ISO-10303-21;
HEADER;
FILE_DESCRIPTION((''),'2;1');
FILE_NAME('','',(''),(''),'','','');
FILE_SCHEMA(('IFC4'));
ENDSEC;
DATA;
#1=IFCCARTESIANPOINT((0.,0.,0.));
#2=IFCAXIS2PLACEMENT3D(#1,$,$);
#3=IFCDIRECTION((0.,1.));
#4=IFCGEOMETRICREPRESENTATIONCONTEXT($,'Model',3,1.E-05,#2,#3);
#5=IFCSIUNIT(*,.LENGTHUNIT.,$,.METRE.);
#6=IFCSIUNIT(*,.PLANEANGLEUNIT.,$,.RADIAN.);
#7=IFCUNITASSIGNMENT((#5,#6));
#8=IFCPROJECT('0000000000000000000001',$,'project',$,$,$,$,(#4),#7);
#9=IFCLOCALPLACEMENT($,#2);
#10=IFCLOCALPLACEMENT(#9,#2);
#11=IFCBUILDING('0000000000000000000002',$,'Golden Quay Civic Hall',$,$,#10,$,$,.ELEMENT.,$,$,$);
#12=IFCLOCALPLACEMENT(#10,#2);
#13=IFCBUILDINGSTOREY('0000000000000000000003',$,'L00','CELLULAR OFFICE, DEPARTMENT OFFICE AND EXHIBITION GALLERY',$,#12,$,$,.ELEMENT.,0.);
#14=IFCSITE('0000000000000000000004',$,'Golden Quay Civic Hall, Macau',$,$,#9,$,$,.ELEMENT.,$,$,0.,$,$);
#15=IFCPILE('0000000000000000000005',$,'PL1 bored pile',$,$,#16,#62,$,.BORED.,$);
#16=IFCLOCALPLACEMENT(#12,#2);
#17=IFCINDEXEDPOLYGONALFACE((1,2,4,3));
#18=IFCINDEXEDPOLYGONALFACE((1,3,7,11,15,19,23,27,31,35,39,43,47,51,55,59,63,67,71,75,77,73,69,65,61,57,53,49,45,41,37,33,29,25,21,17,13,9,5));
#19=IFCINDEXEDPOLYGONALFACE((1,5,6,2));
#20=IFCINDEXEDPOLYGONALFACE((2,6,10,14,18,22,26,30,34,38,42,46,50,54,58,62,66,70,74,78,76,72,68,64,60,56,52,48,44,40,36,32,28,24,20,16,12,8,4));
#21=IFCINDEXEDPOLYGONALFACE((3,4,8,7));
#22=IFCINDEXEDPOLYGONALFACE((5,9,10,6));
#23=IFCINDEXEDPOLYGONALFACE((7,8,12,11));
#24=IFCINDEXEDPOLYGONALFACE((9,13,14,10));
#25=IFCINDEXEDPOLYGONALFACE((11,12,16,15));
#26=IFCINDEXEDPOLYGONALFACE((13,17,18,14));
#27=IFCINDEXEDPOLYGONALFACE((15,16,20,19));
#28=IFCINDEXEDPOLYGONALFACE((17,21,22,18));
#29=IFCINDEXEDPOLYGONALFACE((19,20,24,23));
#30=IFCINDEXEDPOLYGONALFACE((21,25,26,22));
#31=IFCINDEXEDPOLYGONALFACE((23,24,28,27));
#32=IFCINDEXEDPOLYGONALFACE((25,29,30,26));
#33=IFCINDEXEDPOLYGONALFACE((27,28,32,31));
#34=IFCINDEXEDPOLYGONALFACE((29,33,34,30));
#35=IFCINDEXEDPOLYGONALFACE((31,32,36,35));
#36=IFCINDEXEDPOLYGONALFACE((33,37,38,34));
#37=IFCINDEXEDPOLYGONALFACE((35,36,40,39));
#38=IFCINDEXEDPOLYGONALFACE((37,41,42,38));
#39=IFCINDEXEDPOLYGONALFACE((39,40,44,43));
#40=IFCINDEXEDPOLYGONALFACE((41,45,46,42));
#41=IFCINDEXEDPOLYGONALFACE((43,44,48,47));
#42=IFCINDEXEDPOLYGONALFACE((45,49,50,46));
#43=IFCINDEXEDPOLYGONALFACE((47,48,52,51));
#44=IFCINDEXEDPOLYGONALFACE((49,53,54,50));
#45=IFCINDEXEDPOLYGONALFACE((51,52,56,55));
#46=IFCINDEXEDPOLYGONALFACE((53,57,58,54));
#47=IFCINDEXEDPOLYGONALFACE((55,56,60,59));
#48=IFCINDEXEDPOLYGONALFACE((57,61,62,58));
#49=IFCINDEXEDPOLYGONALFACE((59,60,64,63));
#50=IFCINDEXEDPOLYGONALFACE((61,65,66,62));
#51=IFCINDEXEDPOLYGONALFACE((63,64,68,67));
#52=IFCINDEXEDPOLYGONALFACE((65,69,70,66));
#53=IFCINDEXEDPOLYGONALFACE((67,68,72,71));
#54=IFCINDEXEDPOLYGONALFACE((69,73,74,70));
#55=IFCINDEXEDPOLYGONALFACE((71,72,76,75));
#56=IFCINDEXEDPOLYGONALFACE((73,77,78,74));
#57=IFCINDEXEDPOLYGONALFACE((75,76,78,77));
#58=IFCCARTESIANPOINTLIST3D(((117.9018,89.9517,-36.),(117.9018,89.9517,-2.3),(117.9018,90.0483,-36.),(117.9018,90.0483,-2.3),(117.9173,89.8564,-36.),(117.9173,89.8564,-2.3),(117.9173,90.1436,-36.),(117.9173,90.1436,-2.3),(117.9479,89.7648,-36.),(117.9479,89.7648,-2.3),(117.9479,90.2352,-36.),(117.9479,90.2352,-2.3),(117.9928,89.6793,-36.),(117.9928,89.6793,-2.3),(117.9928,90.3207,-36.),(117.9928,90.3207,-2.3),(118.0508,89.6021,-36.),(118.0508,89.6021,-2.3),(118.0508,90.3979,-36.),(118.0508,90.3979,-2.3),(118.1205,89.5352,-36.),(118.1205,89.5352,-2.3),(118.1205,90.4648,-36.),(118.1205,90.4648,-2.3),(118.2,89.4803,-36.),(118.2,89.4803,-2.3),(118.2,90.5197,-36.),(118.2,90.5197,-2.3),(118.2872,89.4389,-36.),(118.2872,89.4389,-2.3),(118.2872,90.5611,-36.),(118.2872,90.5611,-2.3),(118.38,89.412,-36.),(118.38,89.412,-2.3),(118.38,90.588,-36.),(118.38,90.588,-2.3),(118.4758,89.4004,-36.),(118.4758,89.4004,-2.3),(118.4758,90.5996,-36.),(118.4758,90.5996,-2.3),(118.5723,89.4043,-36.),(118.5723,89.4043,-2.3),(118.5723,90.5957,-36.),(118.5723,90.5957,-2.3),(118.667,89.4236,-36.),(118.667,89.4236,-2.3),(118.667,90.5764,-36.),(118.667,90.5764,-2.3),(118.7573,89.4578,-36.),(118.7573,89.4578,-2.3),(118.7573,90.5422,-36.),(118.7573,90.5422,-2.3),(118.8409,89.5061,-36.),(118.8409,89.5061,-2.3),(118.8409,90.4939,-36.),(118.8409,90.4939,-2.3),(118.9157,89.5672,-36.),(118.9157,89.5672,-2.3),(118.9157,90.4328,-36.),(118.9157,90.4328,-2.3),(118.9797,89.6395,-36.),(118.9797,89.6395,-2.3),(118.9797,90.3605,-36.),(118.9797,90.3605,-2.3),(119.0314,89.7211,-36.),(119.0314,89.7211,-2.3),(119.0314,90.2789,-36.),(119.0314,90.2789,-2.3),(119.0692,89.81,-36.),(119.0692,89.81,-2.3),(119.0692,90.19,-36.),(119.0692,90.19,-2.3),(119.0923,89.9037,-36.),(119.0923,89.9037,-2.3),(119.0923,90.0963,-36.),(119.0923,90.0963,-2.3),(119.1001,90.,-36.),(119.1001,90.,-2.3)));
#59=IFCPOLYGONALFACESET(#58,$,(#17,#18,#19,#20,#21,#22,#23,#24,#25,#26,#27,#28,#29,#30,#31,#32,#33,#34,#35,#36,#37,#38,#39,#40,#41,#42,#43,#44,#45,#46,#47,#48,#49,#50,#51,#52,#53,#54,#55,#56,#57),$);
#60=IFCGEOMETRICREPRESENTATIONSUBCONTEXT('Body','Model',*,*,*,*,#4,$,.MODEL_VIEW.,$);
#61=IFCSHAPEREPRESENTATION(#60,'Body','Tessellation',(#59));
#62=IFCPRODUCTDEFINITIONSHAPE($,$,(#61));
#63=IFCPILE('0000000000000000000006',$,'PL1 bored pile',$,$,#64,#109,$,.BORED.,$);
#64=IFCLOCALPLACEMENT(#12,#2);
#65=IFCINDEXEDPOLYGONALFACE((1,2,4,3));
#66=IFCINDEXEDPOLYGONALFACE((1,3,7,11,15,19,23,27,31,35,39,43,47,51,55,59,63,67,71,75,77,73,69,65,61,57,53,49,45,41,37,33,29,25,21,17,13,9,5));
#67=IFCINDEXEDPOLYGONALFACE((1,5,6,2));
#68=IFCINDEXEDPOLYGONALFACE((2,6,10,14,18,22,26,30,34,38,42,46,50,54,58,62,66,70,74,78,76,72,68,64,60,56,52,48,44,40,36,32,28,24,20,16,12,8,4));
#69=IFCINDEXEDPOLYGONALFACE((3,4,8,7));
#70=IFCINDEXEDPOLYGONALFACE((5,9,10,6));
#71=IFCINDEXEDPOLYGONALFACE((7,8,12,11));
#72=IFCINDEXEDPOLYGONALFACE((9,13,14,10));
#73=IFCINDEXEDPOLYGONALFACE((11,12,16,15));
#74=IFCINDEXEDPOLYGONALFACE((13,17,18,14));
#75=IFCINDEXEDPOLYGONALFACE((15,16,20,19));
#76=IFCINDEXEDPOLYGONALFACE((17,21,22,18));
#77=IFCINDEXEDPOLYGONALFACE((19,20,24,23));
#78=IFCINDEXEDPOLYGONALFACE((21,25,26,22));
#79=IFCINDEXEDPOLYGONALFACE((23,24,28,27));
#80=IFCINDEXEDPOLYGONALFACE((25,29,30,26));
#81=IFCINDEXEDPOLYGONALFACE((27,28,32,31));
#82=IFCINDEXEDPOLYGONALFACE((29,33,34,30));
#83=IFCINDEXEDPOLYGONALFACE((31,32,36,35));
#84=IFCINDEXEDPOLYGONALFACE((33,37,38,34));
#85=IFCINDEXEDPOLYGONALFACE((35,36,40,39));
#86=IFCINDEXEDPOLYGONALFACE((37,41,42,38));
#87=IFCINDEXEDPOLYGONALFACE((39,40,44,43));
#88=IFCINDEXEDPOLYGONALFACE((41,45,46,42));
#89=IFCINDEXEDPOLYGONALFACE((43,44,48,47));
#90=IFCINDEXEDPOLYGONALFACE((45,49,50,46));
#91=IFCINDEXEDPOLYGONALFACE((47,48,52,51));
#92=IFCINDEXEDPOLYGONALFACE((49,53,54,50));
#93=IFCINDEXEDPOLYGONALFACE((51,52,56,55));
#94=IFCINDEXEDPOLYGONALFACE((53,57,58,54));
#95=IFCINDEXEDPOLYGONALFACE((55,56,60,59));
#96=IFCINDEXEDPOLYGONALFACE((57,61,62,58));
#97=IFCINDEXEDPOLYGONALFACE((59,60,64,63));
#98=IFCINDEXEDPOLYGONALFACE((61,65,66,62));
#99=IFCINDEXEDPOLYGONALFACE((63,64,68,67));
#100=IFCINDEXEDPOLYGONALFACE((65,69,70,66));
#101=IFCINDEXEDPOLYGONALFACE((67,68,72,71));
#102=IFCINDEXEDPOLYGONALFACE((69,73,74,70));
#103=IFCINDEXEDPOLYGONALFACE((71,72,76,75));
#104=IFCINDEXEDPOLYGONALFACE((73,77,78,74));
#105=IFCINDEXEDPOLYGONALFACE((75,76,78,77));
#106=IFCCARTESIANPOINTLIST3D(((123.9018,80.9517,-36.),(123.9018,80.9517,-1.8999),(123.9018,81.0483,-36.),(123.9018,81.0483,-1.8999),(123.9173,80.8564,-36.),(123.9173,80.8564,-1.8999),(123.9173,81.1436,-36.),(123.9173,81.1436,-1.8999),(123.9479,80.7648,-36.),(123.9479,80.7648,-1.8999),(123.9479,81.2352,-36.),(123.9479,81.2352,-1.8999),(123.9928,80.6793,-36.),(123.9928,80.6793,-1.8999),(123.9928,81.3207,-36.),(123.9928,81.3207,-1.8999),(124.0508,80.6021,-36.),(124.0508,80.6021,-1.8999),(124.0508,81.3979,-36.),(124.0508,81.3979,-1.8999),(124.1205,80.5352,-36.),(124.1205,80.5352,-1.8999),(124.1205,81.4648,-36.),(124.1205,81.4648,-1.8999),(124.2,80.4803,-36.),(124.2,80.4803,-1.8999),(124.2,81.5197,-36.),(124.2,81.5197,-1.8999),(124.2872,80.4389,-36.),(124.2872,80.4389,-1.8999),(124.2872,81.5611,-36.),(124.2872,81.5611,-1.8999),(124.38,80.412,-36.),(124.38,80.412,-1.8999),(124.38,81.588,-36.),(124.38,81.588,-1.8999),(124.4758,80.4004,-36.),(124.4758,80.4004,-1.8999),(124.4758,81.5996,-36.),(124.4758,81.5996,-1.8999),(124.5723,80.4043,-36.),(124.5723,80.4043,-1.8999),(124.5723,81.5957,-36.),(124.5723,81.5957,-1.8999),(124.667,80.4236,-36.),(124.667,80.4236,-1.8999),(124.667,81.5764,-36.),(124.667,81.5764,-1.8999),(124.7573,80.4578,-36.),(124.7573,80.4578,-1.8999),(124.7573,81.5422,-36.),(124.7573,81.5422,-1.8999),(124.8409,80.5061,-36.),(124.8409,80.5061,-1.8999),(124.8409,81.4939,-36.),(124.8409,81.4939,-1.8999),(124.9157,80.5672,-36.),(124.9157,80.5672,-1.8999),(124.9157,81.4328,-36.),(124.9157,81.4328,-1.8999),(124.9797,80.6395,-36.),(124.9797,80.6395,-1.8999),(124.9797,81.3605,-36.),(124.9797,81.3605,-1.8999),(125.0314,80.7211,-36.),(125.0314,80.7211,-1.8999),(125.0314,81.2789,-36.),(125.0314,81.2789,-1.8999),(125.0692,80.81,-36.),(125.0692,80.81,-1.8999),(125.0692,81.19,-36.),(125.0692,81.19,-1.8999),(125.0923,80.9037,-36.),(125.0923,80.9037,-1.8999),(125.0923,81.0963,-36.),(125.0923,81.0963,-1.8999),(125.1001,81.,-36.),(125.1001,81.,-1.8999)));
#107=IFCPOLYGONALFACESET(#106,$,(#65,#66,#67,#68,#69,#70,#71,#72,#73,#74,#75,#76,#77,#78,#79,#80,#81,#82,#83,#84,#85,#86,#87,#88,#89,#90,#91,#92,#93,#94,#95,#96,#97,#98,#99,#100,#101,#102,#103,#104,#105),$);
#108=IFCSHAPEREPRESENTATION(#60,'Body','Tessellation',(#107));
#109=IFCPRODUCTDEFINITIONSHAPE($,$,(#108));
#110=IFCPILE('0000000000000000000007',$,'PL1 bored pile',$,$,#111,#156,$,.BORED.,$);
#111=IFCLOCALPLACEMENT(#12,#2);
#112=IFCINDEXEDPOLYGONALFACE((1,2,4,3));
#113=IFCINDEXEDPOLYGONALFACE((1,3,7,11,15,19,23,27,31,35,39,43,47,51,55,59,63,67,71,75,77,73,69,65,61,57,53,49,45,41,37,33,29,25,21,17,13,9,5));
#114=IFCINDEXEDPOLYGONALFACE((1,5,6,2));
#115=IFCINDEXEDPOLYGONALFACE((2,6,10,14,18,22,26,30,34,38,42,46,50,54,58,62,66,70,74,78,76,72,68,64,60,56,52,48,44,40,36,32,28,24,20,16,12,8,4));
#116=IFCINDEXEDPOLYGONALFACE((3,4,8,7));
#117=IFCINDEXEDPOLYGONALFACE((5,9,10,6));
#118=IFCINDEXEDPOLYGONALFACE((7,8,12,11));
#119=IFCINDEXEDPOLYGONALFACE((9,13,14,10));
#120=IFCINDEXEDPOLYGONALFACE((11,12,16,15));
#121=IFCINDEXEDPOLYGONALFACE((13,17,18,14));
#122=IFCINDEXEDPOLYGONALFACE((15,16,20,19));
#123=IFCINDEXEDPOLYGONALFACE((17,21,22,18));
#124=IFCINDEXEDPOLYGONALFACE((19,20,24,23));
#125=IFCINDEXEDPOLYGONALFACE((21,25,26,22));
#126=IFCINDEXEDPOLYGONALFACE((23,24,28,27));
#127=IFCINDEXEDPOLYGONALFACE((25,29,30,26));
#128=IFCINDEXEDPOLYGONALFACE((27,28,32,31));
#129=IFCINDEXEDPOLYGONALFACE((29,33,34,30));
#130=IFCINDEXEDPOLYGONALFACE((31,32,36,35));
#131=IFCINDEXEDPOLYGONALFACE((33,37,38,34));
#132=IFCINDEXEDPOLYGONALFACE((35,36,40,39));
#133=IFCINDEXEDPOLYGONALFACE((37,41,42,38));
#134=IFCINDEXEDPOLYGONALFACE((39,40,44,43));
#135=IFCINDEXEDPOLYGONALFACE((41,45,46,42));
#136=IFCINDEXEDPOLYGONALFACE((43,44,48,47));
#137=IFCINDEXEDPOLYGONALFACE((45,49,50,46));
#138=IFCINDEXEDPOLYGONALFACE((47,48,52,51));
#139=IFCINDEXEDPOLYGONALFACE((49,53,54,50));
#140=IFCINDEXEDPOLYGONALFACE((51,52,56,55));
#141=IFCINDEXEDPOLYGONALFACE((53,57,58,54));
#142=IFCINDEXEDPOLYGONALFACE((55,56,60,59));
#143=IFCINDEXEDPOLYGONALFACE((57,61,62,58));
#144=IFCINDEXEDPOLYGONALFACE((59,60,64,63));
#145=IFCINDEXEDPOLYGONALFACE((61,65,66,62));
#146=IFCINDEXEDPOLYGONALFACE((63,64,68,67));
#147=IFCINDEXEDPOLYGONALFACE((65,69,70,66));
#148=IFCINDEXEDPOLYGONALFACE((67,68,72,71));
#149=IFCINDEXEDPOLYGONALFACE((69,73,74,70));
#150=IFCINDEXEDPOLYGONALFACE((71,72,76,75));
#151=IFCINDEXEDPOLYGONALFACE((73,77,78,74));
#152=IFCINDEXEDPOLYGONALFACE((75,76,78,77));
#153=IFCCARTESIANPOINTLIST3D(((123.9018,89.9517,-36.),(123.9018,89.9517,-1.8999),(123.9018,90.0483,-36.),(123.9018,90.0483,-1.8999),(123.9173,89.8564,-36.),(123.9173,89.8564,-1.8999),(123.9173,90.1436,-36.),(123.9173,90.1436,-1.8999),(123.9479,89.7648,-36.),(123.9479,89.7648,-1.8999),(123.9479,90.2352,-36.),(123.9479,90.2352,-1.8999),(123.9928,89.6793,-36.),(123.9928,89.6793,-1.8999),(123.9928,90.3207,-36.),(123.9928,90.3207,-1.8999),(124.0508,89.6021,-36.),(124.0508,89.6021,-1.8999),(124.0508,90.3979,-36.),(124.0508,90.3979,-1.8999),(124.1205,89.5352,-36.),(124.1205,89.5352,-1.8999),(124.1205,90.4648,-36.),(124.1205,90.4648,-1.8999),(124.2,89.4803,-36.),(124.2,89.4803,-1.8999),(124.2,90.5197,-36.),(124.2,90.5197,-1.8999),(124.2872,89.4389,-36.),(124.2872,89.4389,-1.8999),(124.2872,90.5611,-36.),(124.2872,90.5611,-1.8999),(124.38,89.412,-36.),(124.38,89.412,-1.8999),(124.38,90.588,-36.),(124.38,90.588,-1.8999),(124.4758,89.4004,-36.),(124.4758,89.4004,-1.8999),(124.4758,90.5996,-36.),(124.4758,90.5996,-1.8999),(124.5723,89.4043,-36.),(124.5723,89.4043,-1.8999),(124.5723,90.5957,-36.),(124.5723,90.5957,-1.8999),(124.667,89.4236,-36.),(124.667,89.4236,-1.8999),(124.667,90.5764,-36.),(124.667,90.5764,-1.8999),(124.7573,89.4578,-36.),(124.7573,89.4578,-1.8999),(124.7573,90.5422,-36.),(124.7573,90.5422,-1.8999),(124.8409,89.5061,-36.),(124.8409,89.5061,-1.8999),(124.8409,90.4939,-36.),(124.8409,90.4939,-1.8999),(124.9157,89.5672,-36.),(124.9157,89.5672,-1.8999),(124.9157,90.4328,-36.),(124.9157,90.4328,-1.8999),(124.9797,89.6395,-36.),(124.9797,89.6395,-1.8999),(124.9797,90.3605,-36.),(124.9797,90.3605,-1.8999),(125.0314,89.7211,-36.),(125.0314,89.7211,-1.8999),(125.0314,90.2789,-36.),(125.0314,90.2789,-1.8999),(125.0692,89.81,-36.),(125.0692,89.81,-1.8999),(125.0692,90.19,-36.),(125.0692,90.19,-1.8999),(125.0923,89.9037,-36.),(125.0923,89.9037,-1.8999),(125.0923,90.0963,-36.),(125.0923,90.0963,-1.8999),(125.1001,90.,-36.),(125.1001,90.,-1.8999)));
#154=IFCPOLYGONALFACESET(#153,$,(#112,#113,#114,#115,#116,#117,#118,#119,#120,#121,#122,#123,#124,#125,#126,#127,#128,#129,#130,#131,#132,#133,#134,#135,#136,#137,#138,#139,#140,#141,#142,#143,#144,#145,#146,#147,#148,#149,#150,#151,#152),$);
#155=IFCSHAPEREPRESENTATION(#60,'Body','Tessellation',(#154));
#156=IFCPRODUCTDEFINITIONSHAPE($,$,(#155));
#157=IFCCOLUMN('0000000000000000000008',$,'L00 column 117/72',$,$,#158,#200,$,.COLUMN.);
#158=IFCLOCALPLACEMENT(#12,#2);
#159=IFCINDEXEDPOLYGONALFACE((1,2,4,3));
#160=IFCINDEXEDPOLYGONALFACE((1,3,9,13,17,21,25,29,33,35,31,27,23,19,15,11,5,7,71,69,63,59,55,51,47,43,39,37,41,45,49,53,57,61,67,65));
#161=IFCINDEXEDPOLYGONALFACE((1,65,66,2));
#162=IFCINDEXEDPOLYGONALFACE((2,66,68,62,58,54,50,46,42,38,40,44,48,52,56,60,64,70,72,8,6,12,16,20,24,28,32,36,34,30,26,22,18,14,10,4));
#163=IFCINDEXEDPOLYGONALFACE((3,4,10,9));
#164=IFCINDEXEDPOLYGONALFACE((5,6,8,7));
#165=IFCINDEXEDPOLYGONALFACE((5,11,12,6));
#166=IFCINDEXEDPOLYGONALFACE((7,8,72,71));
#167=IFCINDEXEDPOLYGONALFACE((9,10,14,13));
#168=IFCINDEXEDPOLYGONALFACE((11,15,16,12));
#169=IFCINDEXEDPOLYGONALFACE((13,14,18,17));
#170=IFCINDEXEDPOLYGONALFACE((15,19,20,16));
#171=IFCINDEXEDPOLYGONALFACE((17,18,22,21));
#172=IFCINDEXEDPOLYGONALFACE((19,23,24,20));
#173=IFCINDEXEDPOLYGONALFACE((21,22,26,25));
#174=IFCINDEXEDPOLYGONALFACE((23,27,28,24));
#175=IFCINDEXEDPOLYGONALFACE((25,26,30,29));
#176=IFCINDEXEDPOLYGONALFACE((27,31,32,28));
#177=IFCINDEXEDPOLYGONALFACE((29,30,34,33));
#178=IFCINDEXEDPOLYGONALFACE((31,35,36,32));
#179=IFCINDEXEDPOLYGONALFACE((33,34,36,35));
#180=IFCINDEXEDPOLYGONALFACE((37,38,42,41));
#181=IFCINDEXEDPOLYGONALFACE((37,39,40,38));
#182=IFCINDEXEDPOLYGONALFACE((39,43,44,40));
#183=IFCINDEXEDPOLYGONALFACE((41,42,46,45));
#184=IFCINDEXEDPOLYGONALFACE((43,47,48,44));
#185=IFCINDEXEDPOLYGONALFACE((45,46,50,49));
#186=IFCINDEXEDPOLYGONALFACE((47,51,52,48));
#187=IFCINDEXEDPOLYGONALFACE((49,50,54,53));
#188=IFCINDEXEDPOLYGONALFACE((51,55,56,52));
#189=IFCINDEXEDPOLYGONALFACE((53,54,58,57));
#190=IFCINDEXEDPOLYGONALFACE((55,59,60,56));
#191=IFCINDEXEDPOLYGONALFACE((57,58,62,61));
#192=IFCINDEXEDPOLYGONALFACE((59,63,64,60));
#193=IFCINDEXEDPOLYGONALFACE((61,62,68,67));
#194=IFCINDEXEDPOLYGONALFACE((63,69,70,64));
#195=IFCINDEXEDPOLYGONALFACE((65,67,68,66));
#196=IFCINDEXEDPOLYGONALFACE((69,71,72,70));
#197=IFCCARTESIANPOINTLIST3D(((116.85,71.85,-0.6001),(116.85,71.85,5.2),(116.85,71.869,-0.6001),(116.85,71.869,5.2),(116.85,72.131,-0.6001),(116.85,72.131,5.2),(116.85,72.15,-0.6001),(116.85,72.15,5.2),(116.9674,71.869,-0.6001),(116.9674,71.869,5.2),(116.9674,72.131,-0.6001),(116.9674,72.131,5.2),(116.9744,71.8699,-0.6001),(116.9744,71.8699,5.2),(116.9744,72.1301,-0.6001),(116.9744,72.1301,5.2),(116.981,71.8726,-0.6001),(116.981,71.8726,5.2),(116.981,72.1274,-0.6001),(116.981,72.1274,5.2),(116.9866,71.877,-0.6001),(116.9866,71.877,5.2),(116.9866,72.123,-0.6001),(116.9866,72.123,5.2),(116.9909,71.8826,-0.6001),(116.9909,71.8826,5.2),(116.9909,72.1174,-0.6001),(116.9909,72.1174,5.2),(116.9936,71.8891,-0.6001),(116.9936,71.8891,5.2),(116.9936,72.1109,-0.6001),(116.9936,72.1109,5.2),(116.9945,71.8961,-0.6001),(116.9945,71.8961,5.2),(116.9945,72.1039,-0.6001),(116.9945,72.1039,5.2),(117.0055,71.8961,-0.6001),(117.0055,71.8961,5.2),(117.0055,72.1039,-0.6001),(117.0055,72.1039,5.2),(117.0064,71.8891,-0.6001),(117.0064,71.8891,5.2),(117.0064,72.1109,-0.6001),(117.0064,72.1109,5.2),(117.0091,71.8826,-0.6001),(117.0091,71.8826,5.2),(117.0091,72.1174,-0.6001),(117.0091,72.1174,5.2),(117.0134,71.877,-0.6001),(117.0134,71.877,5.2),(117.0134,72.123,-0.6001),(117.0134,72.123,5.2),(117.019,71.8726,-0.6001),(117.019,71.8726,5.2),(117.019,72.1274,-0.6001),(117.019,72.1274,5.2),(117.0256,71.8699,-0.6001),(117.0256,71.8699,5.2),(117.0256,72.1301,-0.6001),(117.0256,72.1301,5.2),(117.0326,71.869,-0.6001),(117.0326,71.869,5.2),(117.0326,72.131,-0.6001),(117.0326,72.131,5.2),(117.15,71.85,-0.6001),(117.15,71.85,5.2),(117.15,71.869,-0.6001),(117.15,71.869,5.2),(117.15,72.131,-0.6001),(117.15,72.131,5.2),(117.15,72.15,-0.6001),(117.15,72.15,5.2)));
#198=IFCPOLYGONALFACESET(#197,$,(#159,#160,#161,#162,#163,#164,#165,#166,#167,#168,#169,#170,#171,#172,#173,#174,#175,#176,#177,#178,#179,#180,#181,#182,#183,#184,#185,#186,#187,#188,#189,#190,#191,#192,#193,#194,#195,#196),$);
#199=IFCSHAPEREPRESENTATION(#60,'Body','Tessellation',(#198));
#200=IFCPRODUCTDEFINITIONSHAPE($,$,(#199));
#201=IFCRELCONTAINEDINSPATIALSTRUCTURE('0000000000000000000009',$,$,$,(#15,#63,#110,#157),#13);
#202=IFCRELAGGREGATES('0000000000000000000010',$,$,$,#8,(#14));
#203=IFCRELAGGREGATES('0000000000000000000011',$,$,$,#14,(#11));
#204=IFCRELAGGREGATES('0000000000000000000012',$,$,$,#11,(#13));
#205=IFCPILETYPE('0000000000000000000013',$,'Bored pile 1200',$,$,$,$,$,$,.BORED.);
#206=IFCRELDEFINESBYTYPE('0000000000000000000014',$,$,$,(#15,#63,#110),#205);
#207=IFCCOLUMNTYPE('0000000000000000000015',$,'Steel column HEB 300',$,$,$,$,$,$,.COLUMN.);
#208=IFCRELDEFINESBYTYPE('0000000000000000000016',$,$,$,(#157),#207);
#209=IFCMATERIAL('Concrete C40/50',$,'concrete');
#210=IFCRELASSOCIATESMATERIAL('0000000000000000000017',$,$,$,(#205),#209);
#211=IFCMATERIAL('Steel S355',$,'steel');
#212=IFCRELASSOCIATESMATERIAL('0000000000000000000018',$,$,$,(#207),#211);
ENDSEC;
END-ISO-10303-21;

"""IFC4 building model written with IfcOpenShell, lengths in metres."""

from ifc_helpers import new_model, si_unit, direction, frame, origin, origin_2d, place, context, subcontext, project, spatial, circle, i_section, extrude, material, material_profile, profile_set, type_object, element, save


model = new_model("IFC4")

# Units and contexts
model_context = context("Model", 3, precision=1e-05, world=origin(), true_north=direction((0.0, 1.0)))
body_context = subcontext(model_context, "Body", "Model", "MODEL_VIEW")
ifc_project = project(units=[si_unit("LENGTHUNIT", "METRE"), si_unit("PLANEANGLEUNIT", "RADIAN")], contexts=[model_context])

# Site, building, storey
site_placement = place(None, origin())
site = spatial("IfcSite", under=ifc_project, at=site_placement, Name="Golden Quay Civic Hall, Macau", CompositionType="ELEMENT", RefElevation=0.0)
building_placement = place(site_placement, origin())
building = spatial("IfcBuilding", under=site, at=building_placement, Name="Golden Quay Civic Hall", CompositionType="ELEMENT")
storey_placement = place(building_placement, origin())
storey = spatial("IfcBuildingStorey", under=building, at=storey_placement, Name="L00", Description="CELLULAR OFFICE, DEPARTMENT OFFICE AND EXHIBITION GALLERY", CompositionType="ELEMENT", Elevation=0.0)

# Piles
ifc_material_1 = material(Name="Concrete C40/50", Category="concrete")
ifc_material_profile_1 = material_profile(ifc_material_1, circle(Radius=0.6001, at=origin_2d()), Name="RC D1200")
ifc_profile_set_1 = profile_set([ifc_material_profile_1], Name="Concrete C40/50")
pile_type = type_object("IfcPileType", Name="Bored pile 1200", PredefinedType="BORED", material=ifc_profile_set_1)
pile_1_placement = place(storey_placement, frame((118.5, 90.0, -2.3), z_axis=(0.0, 0.0, -1.0), x_axis=(1.0, 0.0, 0.0)))
element("IfcPile", 1, at=pile_1_placement, inside=storey, type_object=pile_type, Name="PL1 bored pile", PredefinedType="BORED", context=body_context, shape_type="SweptSolid", body=[
    extrude(circle(Radius=0.6001, at=origin_2d()), origin(), (0.0, 0.0, 1.0), 33.7),
])
for number, where, z_axis, x_axis, name in (
    (2, (124.5, 81.0, -1.8999), (0.0, 0.0, -1.0), (1.0, 0.0, 0.0), "PL1 bored pile"),
    (3, (124.5, 90.0, -1.8999), (0.0, 0.0, -1.0), (1.0, 0.0, 0.0), "PL1 bored pile"),
):
    element("IfcPile", number, at=place(storey_placement, frame(where, z_axis=z_axis, x_axis=x_axis)), inside=storey, type_object=pile_type, Name=name, PredefinedType="BORED", context=body_context, shape_type="SweptSolid", body=[
        extrude(circle(Radius=0.6001, at=origin_2d()), origin(), (0.0, 0.0, 1.0), 34.1001),
    ])

# Column
ifc_material_2 = material(Name="Steel S355", Category="steel")
ifc_material_profile_2 = material_profile(ifc_material_2, i_section(OverallWidth=0.3, OverallDepth=0.3, WebThickness=0.011, FlangeThickness=0.019, FilletRadius=0.0271, at=origin_2d()), Name="HEB 300")
ifc_profile_set_2 = profile_set([ifc_material_profile_2], Name="Steel S355")
column_type = type_object("IfcColumnType", Name="Steel column HEB 300", PredefinedType="COLUMN", material=ifc_profile_set_2)
for number, where, z_axis, x_axis, name in (
    (4, (117.0, 72.0, -0.6001), (0.0, 0.0, 1.0), (1.0, 0.0, 0.0), "L00 column 117/72"),
):
    element("IfcColumn", number, at=place(storey_placement, frame(where, z_axis=z_axis, x_axis=x_axis)), inside=storey, type_object=column_type, Name=name, PredefinedType="COLUMN", context=body_context, shape_type="SweptSolid", body=[
        extrude(i_section(OverallWidth=0.3, OverallDepth=0.3, WebThickness=0.011, FlangeThickness=0.019, FilletRadius=0.0271, at=origin_2d()), origin(), (0.0, 0.0, 1.0), 5.8),
    ])

save(model, "model.ifc")
